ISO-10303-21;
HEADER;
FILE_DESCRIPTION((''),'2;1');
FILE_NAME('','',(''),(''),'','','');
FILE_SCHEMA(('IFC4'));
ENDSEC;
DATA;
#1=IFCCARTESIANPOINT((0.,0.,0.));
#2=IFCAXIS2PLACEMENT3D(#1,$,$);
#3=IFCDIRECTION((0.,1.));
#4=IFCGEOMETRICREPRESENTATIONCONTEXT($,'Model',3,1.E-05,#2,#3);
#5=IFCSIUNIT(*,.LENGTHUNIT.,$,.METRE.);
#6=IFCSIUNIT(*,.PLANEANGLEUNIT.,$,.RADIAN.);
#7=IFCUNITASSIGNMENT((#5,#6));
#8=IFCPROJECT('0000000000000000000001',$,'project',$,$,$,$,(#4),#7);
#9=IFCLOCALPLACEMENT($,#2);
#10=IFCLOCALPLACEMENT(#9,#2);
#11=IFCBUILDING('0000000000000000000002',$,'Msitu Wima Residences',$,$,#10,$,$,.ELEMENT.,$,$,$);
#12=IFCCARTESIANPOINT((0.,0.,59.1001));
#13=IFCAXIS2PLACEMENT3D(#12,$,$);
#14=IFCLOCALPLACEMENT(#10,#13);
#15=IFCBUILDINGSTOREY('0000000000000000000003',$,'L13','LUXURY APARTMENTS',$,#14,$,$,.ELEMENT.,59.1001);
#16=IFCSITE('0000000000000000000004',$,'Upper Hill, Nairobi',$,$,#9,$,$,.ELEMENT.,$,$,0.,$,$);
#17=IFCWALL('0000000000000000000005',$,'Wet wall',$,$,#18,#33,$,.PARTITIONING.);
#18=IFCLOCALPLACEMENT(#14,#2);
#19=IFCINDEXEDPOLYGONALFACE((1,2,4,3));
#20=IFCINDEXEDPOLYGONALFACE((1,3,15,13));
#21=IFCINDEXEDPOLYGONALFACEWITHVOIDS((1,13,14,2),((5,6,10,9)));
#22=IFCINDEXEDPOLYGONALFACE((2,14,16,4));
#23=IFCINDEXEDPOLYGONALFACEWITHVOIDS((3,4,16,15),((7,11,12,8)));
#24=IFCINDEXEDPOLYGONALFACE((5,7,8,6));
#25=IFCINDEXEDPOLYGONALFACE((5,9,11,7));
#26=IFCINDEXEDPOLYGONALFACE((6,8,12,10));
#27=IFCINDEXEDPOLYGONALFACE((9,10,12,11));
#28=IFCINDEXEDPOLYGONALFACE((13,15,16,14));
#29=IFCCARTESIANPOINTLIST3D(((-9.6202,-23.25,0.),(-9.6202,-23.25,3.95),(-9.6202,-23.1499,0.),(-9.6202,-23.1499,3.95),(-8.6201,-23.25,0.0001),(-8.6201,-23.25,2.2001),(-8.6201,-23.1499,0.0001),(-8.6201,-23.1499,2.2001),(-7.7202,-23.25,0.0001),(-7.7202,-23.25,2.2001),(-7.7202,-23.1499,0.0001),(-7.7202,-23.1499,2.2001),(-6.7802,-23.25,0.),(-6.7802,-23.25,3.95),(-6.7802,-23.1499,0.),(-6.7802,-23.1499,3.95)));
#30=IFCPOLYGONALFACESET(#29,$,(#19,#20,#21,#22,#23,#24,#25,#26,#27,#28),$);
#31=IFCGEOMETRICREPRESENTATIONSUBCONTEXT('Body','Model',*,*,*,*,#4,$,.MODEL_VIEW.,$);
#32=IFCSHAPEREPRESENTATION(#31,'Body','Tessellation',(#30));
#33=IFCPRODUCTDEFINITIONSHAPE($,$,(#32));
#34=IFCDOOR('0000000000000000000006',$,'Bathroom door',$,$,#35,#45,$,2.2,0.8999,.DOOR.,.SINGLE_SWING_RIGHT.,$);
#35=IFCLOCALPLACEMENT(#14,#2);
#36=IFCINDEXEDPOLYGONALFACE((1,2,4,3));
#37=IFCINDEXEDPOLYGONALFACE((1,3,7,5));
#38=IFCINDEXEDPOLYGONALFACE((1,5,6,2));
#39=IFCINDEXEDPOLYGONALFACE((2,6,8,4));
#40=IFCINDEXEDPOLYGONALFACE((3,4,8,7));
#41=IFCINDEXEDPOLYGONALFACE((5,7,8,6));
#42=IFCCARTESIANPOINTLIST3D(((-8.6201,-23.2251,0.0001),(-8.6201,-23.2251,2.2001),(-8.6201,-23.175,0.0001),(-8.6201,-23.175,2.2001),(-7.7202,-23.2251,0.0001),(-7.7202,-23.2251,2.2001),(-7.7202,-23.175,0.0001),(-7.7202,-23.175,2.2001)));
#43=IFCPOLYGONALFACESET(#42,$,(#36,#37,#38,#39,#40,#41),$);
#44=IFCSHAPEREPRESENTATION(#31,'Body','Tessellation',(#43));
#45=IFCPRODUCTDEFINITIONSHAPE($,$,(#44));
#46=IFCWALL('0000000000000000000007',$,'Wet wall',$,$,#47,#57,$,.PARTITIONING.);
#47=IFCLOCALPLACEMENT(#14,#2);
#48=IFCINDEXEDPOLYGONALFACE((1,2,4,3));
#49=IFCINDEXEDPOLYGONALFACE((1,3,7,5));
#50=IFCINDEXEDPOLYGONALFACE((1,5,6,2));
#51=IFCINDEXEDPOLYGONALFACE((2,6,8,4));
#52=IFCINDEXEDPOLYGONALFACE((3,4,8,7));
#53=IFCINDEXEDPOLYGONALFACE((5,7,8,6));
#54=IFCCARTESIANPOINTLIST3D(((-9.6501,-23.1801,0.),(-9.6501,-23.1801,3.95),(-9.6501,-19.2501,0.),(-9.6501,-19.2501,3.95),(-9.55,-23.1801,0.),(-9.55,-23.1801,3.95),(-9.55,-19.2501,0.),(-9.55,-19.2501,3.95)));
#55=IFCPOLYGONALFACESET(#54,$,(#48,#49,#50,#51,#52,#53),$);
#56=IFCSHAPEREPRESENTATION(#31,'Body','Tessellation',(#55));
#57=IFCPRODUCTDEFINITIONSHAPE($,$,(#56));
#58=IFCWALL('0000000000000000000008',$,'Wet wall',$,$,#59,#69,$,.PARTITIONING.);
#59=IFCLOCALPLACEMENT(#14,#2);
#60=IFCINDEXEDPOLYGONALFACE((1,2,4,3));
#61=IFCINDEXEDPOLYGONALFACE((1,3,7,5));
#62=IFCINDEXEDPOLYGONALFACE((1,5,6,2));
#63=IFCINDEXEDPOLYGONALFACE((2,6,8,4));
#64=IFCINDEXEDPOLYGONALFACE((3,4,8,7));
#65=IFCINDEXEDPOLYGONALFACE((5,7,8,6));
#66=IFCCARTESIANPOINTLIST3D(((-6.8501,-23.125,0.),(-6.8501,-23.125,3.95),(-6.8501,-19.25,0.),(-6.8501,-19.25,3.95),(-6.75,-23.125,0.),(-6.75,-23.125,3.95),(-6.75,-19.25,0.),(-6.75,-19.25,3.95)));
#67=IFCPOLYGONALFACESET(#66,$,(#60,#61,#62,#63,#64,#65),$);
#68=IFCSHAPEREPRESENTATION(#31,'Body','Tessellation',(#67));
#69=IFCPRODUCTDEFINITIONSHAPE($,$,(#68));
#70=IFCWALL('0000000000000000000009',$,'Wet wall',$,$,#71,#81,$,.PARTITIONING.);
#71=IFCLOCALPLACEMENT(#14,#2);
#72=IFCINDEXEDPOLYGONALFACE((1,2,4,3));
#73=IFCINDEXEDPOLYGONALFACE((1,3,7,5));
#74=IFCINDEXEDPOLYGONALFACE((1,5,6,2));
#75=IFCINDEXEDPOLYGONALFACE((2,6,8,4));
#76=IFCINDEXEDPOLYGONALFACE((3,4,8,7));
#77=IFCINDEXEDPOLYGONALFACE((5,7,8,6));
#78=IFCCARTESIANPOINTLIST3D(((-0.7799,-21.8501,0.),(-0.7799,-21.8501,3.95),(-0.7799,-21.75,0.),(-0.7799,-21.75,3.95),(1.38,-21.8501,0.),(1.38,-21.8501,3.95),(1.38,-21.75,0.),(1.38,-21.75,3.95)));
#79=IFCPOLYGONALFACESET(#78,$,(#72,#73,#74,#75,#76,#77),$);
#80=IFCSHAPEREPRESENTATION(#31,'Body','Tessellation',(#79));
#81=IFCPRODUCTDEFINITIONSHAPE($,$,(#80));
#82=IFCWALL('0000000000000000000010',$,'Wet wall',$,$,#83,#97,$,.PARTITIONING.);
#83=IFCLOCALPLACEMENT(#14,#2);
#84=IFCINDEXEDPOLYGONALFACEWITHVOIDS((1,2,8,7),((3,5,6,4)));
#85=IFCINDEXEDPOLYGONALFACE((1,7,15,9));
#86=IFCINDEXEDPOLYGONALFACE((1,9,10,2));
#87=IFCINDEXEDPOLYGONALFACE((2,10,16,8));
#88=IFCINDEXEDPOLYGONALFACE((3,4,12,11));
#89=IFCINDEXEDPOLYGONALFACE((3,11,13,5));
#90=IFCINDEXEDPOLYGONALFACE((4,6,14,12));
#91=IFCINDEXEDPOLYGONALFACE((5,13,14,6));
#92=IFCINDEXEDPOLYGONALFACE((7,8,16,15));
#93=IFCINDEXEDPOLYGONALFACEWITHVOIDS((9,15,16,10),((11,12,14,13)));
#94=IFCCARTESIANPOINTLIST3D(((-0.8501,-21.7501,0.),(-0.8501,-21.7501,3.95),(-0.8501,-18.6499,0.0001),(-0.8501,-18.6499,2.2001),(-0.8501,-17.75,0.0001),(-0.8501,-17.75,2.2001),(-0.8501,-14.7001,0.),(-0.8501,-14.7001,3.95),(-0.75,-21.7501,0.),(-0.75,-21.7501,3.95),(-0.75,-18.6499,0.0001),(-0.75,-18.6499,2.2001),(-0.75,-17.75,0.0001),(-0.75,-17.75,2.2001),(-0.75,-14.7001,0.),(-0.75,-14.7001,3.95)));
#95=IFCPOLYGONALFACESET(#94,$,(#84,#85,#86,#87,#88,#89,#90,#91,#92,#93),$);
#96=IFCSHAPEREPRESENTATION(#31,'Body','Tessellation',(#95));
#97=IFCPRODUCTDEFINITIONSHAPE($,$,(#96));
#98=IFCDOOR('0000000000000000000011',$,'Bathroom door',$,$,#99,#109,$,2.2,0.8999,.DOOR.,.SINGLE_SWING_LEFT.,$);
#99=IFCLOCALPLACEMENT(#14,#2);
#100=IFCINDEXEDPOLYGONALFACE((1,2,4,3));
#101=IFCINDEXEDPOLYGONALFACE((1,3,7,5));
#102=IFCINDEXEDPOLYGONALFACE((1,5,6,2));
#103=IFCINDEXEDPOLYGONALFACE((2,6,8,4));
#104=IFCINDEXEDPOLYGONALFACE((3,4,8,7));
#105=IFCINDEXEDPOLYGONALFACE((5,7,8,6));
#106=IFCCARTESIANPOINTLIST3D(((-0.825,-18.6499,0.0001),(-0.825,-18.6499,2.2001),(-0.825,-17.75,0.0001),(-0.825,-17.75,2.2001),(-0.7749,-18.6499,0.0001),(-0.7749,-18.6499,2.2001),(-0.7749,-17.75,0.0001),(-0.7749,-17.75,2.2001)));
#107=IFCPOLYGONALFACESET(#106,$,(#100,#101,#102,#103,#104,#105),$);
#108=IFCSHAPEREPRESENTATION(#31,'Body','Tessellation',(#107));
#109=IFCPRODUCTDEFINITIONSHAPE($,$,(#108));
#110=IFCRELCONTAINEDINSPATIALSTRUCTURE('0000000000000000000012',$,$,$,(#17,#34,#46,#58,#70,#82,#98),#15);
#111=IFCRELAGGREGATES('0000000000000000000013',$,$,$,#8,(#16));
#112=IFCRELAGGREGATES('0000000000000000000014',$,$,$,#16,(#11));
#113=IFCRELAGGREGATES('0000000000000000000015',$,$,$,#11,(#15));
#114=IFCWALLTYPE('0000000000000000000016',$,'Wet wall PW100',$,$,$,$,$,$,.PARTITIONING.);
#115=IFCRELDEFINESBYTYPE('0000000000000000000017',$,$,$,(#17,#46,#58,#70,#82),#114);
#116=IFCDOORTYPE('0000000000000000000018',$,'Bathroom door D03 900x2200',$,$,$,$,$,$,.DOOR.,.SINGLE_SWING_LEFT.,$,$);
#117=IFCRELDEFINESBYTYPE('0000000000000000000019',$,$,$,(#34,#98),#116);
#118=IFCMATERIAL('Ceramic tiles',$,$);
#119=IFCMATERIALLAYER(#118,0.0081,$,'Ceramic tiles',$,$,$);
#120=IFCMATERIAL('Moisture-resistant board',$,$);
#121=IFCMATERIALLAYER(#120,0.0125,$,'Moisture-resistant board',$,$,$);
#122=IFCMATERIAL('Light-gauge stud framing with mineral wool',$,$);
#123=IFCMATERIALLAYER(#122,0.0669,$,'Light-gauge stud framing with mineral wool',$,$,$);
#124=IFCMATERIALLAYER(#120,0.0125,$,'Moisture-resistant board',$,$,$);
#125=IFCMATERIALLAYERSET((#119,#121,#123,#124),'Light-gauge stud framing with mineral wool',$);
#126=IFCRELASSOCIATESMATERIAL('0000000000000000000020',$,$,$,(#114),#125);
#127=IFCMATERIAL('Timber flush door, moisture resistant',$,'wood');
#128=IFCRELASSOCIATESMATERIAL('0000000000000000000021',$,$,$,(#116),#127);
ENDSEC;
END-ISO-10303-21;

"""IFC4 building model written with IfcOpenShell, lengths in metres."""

from ifc_helpers import new_model, si_unit, direction, frame, frame_2d, origin, place, context, subcontext, project, spatial, rectangle, extrude, material, layer, layer_set, type_object, element, fill, save


model = new_model("IFC4")

# Units and contexts
model_context = context("Model", 3, precision=1e-05, world=origin(), true_north=direction((0.0, 1.0)))
body_context = subcontext(model_context, "Body", "Model", "MODEL_VIEW")
ifc_project = project(units=[si_unit("LENGTHUNIT", "METRE"), si_unit("PLANEANGLEUNIT", "RADIAN")], contexts=[model_context])

# Site, building, storey
site_placement = place(None, origin())
site = spatial("IfcSite", under=ifc_project, at=site_placement, Name="Upper Hill, Nairobi", CompositionType="ELEMENT", RefElevation=0.0)
building_placement = place(site_placement, origin())
building = spatial("IfcBuilding", under=site, at=building_placement, Name="Msitu Wima Residences", CompositionType="ELEMENT")
storey_placement = place(building_placement, frame((0.0, 0.0, 59.1001)))
storey = spatial("IfcBuildingStorey", under=building, at=storey_placement, Name="L13", Description="LUXURY APARTMENTS", CompositionType="ELEMENT", Elevation=59.1001)

# Wall, opening, door
ifc_material_1 = material(Name="Ceramic tiles")
ifc_layer_1 = layer(ifc_material_1, 0.0081, Name="Ceramic tiles")
ifc_material_2 = material(Name="Moisture-resistant board")
ifc_layer_2 = layer(ifc_material_2, 0.0125, Name="Moisture-resistant board")
ifc_material_3 = material(Name="Light-gauge stud framing with mineral wool")
ifc_layer_3 = layer(ifc_material_3, 0.0669, Name="Light-gauge stud framing with mineral wool")
ifc_layer_4 = layer(ifc_material_2, 0.0125, Name="Moisture-resistant board")
ifc_layer_set_1 = layer_set([ifc_layer_1, ifc_layer_2, ifc_layer_3, ifc_layer_4], Name="Light-gauge stud framing with mineral wool")
wall_type_1 = type_object("IfcWallType", Name="Wet wall PW100", PredefinedType="PARTITIONING", material=ifc_layer_set_1)
wall_1_placement = place(storey_placement, frame((-9.6201, -23.2, 0.0), z_axis=(0.0, 0.0, 1.0), x_axis=(1.0, 0.0, 0.0)))
wall_1 = element("IfcWall", 1, at=wall_1_placement, inside=storey, type_object=wall_type_1, Name="Wet wall", PredefinedType="PARTITIONING", context=body_context, shape_type="SweptSolid", body=[
    extrude(rectangle(XDim=2.8401, YDim=0.1001, at=frame_2d((1.4199, 0.0))), origin(), (0.0, 0.0, 1.0), 3.95),
])
opening_1_placement = place(wall_1_placement, frame((1.0, 0.0, 0.0)))
opening_1 = element("IfcOpeningElement", 2, at=opening_1_placement, cuts=wall_1, PredefinedType="OPENING", context=body_context, shape_type="SweptSolid", body=[
    extrude(rectangle(XDim=0.8999, YDim=2.2, at=frame_2d((0.45, 1.1001))), frame((0.0, 0.0601, 0.0), z_axis=(0.0, -1.0, 0.0), x_axis=(1.0, 0.0, 0.0)), (0.0, 0.0, 1.0), 0.1201),
])
ifc_material_4 = material(Name="Timber flush door, moisture resistant", Category="wood")
door_type_1 = type_object("IfcDoorType", Name="Bathroom door D03 900x2200", OperationType="SINGLE_SWING_LEFT", PredefinedType="DOOR", material=ifc_material_4)
door_1_placement = place(opening_1_placement, origin())
door_1 = element("IfcDoor", 3, at=door_1_placement, inside=storey, type_object=door_type_1, Name="Bathroom door", OperationType="SINGLE_SWING_RIGHT", OverallHeight=2.2, OverallWidth=0.8999, PredefinedType="DOOR", context=body_context, shape_type="SweptSolid", body=[
    extrude(rectangle(XDim=0.8999, YDim=2.2, at=frame_2d((0.45, 1.1001))), frame((0.0, 0.0249, 0.0), z_axis=(0.0, -1.0, 0.0), x_axis=(1.0, 0.0, 0.0)), (0.0, 0.0, 1.0), 0.05),
])
fill(opening_1, door_1)

# Walls
wall_2_placement = place(storey_placement, frame((-9.6001, -23.1799, 0.0), z_axis=(0.0, 0.0, 1.0), x_axis=(0.0, 1.0, 0.0)))
element("IfcWall", 4, at=wall_2_placement, inside=storey, type_object=wall_type_1, Name="Wet wall", PredefinedType="PARTITIONING", context=body_context, shape_type="SweptSolid", body=[
    extrude(rectangle(XDim=3.9299, YDim=0.1001, at=frame_2d((1.9648, 0.0))), origin(), (0.0, 0.0, 1.0), 3.95),
])
wall_3_placement = place(storey_placement, frame((-6.8, -23.125, 0.0), z_axis=(0.0, 0.0, 1.0), x_axis=(0.0, 1.0, 0.0)))
element("IfcWall", 5, at=wall_3_placement, inside=storey, type_object=wall_type_1, Name="Wet wall", PredefinedType="PARTITIONING", context=body_context, shape_type="SweptSolid", body=[
    extrude(rectangle(XDim=3.875, YDim=0.1001, at=frame_2d((1.9375, 0.0))), origin(), (0.0, 0.0, 1.0), 3.95),
])
wall_4_placement = place(storey_placement, frame((-0.78, -21.8, 0.0), z_axis=(0.0, 0.0, 1.0), x_axis=(1.0, 0.0, 0.0)))
element("IfcWall", 6, at=wall_4_placement, inside=storey, type_object=wall_type_1, Name="Wet wall", PredefinedType="PARTITIONING", context=body_context, shape_type="SweptSolid", body=[
    extrude(rectangle(XDim=2.1599, YDim=0.1001, at=frame_2d((1.0801, 0.0))), origin(), (0.0, 0.0, 1.0), 3.95),
])

# Wall, opening, door
wall_5_placement = place(storey_placement, frame((-0.8, -21.75, 0.0), z_axis=(0.0, 0.0, 1.0), x_axis=(0.0, 1.0, 0.0)))
wall_5 = element("IfcWall", 7, at=wall_5_placement, inside=storey, type_object=wall_type_1, Name="Wet wall", PredefinedType="PARTITIONING", context=body_context, shape_type="SweptSolid", body=[
    extrude(rectangle(XDim=7.05, YDim=0.1001, at=frame_2d((3.5249, 0.0))), origin(), (0.0, 0.0, 1.0), 3.95),
])
opening_2_placement = place(wall_5_placement, frame((3.1001, 0.0, 0.0)))
opening_2 = element("IfcOpeningElement", 8, at=opening_2_placement, cuts=wall_5, PredefinedType="OPENING", context=body_context, shape_type="SweptSolid", body=[
    extrude(rectangle(XDim=0.8999, YDim=2.2, at=frame_2d((0.45, 1.1001))), frame((0.0, 0.0601, 0.0), z_axis=(0.0, -1.0, 0.0), x_axis=(1.0, 0.0, 0.0)), (0.0, 0.0, 1.0), 0.1201),
])
door_2_placement = place(opening_2_placement, origin())
door_2 = element("IfcDoor", 9, at=door_2_placement, inside=storey, type_object=door_type_1, Name="Bathroom door", OperationType="SINGLE_SWING_LEFT", OverallHeight=2.2, OverallWidth=0.8999, PredefinedType="DOOR", context=body_context, shape_type="SweptSolid", body=[
    extrude(rectangle(XDim=0.8999, YDim=2.2, at=frame_2d((0.45, 1.1001))), frame((0.0, 0.0249, 0.0), z_axis=(0.0, -1.0, 0.0), x_axis=(1.0, 0.0, 0.0)), (0.0, 0.0, 1.0), 0.05),
])
fill(opening_2, door_2)

save(model, "model.ifc")
